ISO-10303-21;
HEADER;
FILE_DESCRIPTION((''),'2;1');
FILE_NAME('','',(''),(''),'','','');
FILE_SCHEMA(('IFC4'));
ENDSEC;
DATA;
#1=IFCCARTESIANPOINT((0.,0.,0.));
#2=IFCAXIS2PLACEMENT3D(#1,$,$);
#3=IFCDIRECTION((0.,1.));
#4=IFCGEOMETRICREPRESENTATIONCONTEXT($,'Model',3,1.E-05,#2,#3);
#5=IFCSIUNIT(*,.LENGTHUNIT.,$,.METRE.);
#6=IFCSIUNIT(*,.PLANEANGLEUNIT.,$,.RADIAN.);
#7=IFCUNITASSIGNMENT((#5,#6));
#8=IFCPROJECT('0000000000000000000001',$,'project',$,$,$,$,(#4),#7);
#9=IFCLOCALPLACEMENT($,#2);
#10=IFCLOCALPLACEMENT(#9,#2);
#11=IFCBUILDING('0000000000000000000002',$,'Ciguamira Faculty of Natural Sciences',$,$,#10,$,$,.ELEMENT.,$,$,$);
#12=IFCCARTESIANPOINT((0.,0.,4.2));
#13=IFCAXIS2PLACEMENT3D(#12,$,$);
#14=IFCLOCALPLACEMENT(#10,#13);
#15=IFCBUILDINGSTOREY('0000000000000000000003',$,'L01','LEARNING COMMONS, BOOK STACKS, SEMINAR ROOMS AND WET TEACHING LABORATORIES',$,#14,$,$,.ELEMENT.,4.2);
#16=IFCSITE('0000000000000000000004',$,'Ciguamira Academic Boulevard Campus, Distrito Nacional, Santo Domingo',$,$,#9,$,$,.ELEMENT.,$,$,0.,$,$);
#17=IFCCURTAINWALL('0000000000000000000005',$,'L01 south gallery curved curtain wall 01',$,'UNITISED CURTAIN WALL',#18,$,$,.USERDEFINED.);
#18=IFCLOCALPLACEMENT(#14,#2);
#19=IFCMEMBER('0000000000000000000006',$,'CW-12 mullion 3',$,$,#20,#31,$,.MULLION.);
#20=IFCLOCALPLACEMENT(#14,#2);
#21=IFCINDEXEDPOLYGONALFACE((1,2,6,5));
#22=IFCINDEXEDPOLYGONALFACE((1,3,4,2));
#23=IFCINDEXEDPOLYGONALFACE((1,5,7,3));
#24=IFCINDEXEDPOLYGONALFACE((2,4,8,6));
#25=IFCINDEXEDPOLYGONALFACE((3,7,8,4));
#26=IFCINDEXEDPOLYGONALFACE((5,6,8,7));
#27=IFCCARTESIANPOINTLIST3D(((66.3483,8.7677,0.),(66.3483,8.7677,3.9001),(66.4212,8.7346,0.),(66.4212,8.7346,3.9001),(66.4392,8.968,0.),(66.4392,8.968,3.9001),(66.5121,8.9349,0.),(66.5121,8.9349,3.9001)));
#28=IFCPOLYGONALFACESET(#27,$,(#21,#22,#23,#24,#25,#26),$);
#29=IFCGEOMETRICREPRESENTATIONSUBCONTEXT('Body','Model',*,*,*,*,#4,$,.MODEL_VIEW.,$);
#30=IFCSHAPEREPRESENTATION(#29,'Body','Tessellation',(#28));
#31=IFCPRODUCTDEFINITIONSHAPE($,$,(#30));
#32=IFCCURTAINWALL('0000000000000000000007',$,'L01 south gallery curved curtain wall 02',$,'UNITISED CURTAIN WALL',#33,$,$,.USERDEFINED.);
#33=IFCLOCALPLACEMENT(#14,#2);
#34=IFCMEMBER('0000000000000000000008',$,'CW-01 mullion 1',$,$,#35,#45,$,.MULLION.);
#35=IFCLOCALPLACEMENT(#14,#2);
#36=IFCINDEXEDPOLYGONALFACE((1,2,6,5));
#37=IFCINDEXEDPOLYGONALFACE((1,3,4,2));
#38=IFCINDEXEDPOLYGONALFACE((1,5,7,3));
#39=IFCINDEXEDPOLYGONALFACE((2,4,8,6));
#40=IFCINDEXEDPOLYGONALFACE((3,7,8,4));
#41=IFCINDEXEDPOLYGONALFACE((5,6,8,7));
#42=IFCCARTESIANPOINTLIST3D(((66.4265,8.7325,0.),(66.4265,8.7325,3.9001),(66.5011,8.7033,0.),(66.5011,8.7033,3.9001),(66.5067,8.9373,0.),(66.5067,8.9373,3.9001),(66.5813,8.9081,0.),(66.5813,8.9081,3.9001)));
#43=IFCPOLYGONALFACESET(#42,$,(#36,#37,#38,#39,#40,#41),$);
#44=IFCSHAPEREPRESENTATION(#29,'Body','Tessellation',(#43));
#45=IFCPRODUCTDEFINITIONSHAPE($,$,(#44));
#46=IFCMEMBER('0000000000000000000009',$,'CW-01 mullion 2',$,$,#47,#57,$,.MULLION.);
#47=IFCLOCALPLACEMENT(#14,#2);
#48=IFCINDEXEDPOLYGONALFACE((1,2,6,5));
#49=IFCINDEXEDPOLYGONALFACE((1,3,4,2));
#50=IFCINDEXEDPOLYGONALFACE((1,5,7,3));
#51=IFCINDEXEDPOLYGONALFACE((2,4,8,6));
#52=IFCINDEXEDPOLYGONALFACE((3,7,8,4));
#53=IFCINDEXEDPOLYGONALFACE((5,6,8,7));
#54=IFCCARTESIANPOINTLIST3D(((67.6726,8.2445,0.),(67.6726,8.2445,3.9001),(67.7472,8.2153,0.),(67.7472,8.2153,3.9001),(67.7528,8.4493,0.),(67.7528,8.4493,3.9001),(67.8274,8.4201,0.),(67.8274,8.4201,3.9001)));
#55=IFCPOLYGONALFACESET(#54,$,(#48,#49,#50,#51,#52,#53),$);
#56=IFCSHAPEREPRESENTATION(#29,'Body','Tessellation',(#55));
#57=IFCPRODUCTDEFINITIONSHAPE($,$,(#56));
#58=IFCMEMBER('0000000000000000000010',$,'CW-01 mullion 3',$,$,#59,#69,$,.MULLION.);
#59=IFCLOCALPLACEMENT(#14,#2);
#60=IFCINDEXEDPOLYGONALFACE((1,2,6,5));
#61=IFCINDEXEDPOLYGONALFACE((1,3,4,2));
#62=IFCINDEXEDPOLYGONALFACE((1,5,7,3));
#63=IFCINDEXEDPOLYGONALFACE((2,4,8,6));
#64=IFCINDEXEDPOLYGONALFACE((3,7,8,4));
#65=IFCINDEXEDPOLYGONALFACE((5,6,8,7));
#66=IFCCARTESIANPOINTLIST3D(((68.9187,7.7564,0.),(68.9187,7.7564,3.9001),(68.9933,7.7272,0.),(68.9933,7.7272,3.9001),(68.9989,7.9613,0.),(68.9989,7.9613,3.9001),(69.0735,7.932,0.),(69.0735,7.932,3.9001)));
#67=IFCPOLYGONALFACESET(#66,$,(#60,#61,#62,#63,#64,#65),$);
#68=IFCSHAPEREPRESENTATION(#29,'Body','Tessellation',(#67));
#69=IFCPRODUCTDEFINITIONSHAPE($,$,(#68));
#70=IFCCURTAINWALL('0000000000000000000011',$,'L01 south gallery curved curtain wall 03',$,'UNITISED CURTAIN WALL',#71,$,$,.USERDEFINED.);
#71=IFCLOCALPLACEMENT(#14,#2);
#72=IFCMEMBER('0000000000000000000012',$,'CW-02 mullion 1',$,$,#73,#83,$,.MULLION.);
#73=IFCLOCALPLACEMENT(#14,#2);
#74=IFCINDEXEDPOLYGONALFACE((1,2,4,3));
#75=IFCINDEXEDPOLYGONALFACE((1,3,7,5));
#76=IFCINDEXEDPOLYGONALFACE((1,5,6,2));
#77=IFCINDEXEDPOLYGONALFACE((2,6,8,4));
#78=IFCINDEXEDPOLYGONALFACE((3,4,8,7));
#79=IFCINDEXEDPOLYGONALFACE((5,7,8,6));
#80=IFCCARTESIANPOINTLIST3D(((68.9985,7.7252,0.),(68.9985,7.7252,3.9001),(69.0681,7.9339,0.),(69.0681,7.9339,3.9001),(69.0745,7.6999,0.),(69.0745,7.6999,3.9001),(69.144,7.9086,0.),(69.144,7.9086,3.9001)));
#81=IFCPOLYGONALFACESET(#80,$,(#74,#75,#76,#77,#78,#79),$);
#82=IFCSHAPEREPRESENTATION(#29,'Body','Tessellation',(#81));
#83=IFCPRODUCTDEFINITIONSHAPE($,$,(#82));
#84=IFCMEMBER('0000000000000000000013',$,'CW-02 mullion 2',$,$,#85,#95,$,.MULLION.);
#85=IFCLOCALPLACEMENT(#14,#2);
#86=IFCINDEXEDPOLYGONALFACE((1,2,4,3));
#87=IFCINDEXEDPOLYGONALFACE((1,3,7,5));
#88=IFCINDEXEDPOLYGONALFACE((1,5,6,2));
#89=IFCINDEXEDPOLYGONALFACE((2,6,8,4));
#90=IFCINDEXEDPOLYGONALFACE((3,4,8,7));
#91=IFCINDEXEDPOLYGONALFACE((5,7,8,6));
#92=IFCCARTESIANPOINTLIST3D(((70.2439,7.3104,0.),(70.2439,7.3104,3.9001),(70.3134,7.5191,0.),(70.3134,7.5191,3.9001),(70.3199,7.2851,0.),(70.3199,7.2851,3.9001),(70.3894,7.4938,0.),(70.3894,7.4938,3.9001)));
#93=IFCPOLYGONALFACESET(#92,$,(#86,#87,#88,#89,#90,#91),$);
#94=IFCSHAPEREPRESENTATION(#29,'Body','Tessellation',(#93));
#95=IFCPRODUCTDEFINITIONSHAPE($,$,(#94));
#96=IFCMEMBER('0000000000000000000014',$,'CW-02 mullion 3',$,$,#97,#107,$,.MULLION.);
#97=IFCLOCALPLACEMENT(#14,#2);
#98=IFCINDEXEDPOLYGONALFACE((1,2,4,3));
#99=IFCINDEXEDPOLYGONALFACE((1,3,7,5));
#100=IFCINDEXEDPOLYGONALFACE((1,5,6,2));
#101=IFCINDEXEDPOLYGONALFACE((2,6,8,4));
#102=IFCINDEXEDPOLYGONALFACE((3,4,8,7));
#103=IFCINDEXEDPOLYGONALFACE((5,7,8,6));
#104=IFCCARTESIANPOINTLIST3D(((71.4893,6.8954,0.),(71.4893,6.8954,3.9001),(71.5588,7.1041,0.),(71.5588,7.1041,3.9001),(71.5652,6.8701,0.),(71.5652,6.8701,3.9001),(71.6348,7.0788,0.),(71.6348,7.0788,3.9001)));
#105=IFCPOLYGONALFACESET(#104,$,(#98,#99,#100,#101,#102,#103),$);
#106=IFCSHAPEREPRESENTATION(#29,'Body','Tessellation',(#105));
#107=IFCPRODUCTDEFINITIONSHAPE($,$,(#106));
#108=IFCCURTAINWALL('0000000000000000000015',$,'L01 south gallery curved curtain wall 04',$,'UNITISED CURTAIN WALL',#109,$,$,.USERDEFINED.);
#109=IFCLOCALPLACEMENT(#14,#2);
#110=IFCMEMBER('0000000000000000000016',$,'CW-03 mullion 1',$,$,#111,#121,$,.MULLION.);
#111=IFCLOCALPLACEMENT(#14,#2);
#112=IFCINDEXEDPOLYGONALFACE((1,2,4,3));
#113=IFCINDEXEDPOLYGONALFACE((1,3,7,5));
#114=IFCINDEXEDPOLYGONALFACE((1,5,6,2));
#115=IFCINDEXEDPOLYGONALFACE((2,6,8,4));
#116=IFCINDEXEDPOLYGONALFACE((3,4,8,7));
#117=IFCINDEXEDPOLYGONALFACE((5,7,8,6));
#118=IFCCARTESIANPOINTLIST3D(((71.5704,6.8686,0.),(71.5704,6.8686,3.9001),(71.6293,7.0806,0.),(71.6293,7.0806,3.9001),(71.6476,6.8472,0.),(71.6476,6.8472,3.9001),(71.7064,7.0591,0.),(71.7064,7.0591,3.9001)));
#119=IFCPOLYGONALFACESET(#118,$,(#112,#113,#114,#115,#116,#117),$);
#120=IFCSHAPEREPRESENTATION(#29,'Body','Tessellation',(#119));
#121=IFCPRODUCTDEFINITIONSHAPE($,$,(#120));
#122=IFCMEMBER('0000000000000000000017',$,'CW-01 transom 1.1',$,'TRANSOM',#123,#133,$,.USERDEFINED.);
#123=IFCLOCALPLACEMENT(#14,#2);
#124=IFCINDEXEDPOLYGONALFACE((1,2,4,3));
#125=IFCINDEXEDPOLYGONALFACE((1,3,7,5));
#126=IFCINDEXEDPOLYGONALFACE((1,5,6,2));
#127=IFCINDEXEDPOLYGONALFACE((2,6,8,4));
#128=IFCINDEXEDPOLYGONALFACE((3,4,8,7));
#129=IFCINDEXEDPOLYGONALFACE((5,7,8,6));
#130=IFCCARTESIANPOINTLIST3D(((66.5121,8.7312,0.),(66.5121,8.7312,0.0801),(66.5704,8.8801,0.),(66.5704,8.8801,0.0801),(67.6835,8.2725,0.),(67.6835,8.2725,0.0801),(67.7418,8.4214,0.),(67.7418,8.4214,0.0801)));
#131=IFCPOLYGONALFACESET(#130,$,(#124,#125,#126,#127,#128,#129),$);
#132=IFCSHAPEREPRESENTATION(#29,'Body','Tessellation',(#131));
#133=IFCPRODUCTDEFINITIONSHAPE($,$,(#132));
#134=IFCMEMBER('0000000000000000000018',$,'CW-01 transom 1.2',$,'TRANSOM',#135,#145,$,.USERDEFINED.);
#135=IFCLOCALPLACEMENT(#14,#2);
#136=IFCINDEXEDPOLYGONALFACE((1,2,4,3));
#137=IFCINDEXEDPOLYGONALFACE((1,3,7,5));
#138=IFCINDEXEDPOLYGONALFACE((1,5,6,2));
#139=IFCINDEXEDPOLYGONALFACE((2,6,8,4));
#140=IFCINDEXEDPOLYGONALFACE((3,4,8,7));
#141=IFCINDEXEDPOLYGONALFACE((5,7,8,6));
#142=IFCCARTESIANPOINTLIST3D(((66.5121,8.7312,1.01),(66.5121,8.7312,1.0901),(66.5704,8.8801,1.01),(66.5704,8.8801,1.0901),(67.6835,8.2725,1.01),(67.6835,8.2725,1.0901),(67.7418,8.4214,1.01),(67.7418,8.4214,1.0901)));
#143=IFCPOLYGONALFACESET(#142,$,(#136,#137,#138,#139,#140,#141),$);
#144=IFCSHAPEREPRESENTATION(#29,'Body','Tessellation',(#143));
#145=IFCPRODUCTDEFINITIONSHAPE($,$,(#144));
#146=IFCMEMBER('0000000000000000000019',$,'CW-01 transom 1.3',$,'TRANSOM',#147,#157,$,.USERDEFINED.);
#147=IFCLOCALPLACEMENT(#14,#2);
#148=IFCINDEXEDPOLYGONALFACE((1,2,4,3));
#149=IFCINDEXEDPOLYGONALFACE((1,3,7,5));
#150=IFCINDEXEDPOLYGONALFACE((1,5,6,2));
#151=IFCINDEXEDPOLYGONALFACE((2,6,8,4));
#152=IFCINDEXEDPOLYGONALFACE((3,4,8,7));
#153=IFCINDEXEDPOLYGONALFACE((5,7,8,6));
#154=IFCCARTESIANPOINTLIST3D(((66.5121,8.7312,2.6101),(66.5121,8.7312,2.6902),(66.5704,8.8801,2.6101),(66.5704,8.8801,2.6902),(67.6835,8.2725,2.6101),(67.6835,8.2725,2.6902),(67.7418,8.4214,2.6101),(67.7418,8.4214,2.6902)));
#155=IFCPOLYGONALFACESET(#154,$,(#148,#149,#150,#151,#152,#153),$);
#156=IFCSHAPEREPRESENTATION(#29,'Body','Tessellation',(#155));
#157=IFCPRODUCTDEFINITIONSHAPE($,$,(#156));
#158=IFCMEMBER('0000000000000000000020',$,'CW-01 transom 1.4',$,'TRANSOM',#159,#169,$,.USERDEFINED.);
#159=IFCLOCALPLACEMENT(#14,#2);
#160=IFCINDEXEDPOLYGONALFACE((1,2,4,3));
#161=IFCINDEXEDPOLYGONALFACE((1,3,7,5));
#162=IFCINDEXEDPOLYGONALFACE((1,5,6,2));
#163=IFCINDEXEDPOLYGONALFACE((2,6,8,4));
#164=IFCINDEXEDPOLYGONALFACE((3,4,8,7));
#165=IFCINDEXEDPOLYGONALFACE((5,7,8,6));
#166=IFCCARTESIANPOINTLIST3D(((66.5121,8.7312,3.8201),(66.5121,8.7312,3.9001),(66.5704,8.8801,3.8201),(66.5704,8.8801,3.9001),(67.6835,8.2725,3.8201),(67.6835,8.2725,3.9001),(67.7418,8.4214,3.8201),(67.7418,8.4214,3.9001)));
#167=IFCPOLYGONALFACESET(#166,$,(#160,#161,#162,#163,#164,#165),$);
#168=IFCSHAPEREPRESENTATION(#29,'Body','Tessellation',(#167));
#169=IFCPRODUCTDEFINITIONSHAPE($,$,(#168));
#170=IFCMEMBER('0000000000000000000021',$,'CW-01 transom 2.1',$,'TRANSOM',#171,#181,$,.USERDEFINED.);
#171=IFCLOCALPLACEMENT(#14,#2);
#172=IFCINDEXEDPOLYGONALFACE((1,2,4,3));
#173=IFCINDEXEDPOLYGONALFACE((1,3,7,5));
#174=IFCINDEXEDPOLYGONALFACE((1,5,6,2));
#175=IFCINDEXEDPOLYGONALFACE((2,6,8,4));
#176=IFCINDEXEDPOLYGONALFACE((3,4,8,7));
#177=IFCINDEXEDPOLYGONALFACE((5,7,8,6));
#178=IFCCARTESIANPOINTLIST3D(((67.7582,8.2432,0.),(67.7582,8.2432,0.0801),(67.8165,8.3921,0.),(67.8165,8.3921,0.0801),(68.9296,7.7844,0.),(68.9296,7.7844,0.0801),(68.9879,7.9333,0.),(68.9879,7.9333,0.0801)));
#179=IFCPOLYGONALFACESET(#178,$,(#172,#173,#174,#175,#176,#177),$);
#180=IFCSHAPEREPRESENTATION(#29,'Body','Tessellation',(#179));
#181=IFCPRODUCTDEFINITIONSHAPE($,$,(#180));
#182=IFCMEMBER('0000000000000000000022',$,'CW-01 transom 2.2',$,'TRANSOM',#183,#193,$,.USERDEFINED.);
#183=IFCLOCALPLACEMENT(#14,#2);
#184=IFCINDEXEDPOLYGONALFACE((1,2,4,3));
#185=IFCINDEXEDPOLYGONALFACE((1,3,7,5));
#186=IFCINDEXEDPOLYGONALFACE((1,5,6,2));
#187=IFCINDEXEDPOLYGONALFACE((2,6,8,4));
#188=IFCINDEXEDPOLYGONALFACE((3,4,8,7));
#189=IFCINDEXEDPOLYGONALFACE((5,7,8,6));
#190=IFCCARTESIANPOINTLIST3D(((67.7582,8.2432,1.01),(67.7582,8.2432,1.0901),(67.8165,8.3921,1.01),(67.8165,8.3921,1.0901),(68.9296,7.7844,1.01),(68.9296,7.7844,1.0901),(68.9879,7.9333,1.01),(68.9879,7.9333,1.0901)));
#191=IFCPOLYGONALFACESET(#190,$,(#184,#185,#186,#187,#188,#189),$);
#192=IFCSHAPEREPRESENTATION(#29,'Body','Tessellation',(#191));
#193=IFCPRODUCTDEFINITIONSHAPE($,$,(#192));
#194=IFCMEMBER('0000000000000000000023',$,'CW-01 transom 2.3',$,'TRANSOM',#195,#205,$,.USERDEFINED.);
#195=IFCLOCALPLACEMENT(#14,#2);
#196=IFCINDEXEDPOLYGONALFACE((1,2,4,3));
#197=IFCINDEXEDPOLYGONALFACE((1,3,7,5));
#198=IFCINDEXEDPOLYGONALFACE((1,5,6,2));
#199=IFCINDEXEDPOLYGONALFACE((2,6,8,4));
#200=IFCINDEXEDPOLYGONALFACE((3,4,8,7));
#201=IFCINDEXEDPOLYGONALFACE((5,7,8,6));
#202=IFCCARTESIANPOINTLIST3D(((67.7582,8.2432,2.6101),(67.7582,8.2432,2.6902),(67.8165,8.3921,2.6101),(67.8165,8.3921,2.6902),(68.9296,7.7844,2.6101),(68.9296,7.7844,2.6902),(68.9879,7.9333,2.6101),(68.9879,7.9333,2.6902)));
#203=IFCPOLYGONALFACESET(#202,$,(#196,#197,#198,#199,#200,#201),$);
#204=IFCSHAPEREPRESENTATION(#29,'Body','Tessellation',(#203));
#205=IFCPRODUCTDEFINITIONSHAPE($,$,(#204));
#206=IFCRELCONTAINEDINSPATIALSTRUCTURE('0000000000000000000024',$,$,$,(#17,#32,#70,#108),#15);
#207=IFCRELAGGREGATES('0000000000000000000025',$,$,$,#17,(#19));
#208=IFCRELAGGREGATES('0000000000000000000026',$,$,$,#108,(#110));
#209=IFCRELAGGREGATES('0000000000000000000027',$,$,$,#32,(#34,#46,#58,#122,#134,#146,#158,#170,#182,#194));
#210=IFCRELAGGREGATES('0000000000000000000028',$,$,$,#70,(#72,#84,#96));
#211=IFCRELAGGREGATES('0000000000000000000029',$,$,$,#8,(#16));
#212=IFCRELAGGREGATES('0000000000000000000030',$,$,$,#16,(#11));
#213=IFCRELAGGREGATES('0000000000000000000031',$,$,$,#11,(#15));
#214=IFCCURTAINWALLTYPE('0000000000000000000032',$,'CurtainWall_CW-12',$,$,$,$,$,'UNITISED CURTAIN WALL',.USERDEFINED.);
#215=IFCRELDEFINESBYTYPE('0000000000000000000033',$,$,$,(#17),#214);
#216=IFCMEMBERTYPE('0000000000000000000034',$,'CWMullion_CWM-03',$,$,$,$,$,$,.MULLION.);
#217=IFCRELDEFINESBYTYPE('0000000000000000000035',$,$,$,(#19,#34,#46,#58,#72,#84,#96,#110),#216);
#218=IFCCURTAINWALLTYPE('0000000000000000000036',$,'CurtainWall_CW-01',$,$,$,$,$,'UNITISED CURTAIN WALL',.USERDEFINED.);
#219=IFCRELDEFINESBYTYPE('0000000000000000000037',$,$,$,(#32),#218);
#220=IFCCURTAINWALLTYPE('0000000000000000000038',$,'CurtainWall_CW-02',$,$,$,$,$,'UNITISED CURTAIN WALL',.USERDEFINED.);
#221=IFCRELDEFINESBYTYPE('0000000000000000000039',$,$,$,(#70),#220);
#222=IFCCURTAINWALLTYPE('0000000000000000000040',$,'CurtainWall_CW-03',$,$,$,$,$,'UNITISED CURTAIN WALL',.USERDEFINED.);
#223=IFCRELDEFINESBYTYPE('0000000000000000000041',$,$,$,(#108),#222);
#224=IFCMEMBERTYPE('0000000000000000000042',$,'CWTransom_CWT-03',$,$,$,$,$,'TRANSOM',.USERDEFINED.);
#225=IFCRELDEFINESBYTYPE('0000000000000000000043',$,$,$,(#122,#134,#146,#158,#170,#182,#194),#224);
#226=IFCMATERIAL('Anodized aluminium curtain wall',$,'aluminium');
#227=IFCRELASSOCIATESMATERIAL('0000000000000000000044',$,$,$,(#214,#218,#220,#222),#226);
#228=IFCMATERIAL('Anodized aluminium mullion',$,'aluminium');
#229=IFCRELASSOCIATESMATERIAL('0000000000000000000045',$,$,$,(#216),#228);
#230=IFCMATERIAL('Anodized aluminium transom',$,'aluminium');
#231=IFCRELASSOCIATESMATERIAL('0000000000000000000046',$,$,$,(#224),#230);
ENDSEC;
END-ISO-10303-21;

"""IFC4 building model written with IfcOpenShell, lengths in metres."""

from ifc_helpers import new_model, si_unit, direction, frame, origin, origin_2d, place, context, subcontext, project, spatial, rectangle, extrude, material, material_profile, profile_set, type_object, element, aggregate, save


model = new_model("IFC4")

# Units and contexts
model_context = context("Model", 3, precision=1e-05, world=origin(), true_north=direction((0.0, 1.0)))
body_context = subcontext(model_context, "Body", "Model", "MODEL_VIEW")
ifc_project = project(units=[si_unit("LENGTHUNIT", "METRE"), si_unit("PLANEANGLEUNIT", "RADIAN")], contexts=[model_context])

# Site, building, storey
site_placement = place(None, origin())
site = spatial("IfcSite", under=ifc_project, at=site_placement, Name="Ciguamira Academic Boulevard Campus, Distrito Nacional, Santo Domingo", CompositionType="ELEMENT", RefElevation=0.0)
building_placement = place(site_placement, origin())
building = spatial("IfcBuilding", under=site, at=building_placement, Name="Ciguamira Faculty of Natural Sciences", CompositionType="ELEMENT")
storey_placement = place(building_placement, frame((0.0, 0.0, 4.2)))
storey = spatial("IfcBuildingStorey", under=building, at=storey_placement, Name="L01", Description="LEARNING COMMONS, BOOK STACKS, SEMINAR ROOMS AND WET TEACHING LABORATORIES", CompositionType="ELEMENT", Elevation=4.2)

# Curtain wall, member
ifc_material_1 = material(Name="Anodized aluminium curtain wall", Category="aluminium")
curtain_wall_type_1 = type_object("IfcCurtainWallType", Name="CurtainWall_CW-12", ElementType="UNITISED CURTAIN WALL", PredefinedType="USERDEFINED", material=ifc_material_1)
curtain_wall_1_placement = place(storey_placement, origin())
curtain_wall_1 = element("IfcCurtainWall", 1, at=curtain_wall_1_placement, inside=storey, type_object=curtain_wall_type_1, Name="L01 south gallery curved curtain wall 01", ObjectType="UNITISED CURTAIN WALL", PredefinedType="USERDEFINED")
ifc_material_2 = material(Name="Anodized aluminium mullion", Category="aluminium")
ifc_material_profile_1 = material_profile(ifc_material_2, rectangle(XDim=0.0801, YDim=0.22, at=origin_2d()), Name="ALU-MUL-80X220")
ifc_profile_set_1 = profile_set([ifc_material_profile_1], Name="Anodized aluminium mullion")
member_type_1 = type_object("IfcMemberType", Name="CWMullion_CWM-03", PredefinedType="MULLION", material=ifc_profile_set_1)
member_1_placement = place(storey_placement, frame((66.4302, 8.8513, 0.0), z_axis=(0.0, 0.0, 1.0), x_axis=(0.910581, -0.413332, 0.0)))
member_1 = element("IfcMember", 2, at=member_1_placement, type_object=member_type_1, Name="CW-12 mullion 3", PredefinedType="MULLION", context=body_context, shape_type="SweptSolid", body=[
    extrude(rectangle(XDim=0.0801, YDim=0.22, at=origin_2d()), origin(), (0.0, 0.0, 1.0), 3.9001),
])
aggregate(curtain_wall_1, [member_1])

# Curtain walls, members
curtain_wall_type_2 = type_object("IfcCurtainWallType", Name="CurtainWall_CW-01", ElementType="UNITISED CURTAIN WALL", PredefinedType="USERDEFINED", material=ifc_material_1)
curtain_wall_2_placement = place(storey_placement, origin())
curtain_wall_2 = element("IfcCurtainWall", 3, at=curtain_wall_2_placement, inside=storey, type_object=curtain_wall_type_2, Name="L01 south gallery curved curtain wall 02", ObjectType="UNITISED CURTAIN WALL", PredefinedType="USERDEFINED")
member_2_placement = place(storey_placement, frame((66.5039, 8.8203, 0.0), z_axis=(0.0, 0.0, 1.0), x_axis=(0.931122, -0.364707, 0.0)))
member_2 = element("IfcMember", 4, at=member_2_placement, type_object=member_type_1, Name="CW-01 mullion 1", PredefinedType="MULLION", context=body_context, shape_type="SweptSolid", body=[
    extrude(rectangle(XDim=0.0801, YDim=0.22, at=origin_2d()), origin(), (0.0, 0.0, 1.0), 3.9001),
])
member_3_placement = place(storey_placement, frame((67.75, 8.3323, 0.0), z_axis=(0.0, 0.0, 1.0), x_axis=(0.931122, -0.364707, 0.0)))
member_3 = element("IfcMember", 5, at=member_3_placement, type_object=member_type_1, Name="CW-01 mullion 2", PredefinedType="MULLION", context=body_context, shape_type="SweptSolid", body=[
    extrude(rectangle(XDim=0.0801, YDim=0.22, at=origin_2d()), origin(), (0.0, 0.0, 1.0), 3.9001),
])
member_4_placement = place(storey_placement, frame((68.9961, 7.8442, 0.0), z_axis=(0.0, 0.0, 1.0), x_axis=(0.931122, -0.364707, 0.0)))
member_4 = element("IfcMember", 6, at=member_4_placement, type_object=member_type_1, Name="CW-01 mullion 3", PredefinedType="MULLION", context=body_context, shape_type="SweptSolid", body=[
    extrude(rectangle(XDim=0.0801, YDim=0.22, at=origin_2d()), origin(), (0.0, 0.0, 1.0), 3.9001),
])
curtain_wall_type_3 = type_object("IfcCurtainWallType", Name="CurtainWall_CW-02", ElementType="UNITISED CURTAIN WALL", PredefinedType="USERDEFINED", material=ifc_material_1)
curtain_wall_3_placement = place(storey_placement, origin())
curtain_wall_3 = element("IfcCurtainWall", 7, at=curtain_wall_3_placement, inside=storey, type_object=curtain_wall_type_3, Name="L01 south gallery curved curtain wall 03", ObjectType="UNITISED CURTAIN WALL", PredefinedType="USERDEFINED")
member_5_placement = place(storey_placement, frame((69.0713, 7.8169, 0.0), z_axis=(0.0, 0.0, 1.0), x_axis=(0.948735, -0.316073, 0.0)))
member_5 = element("IfcMember", 8, at=member_5_placement, type_object=member_type_1, Name="CW-02 mullion 1", PredefinedType="MULLION", context=body_context, shape_type="SweptSolid", body=[
    extrude(rectangle(XDim=0.0801, YDim=0.22, at=origin_2d()), origin(), (0.0, 0.0, 1.0), 3.9001),
])
member_6_placement = place(storey_placement, frame((70.3167, 7.4021, 0.0), z_axis=(0.0, 0.0, 1.0), x_axis=(0.948735, -0.316073, 0.0)))
member_6 = element("IfcMember", 9, at=member_6_placement, type_object=member_type_1, Name="CW-02 mullion 2", PredefinedType="MULLION", context=body_context, shape_type="SweptSolid", body=[
    extrude(rectangle(XDim=0.0801, YDim=0.22, at=origin_2d()), origin(), (0.0, 0.0, 1.0), 3.9001),
])
member_7_placement = place(storey_placement, frame((71.562, 6.9871, 0.0), z_axis=(0.0, 0.0, 1.0), x_axis=(0.948735, -0.316073, 0.0)))
member_7 = element("IfcMember", 10, at=member_7_placement, type_object=member_type_1, Name="CW-02 mullion 3", PredefinedType="MULLION", context=body_context, shape_type="SweptSolid", body=[
    extrude(rectangle(XDim=0.0801, YDim=0.22, at=origin_2d()), origin(), (0.0, 0.0, 1.0), 3.9001),
])

# Curtain wall, member
curtain_wall_type_4 = type_object("IfcCurtainWallType", Name="CurtainWall_CW-03", ElementType="UNITISED CURTAIN WALL", PredefinedType="USERDEFINED", material=ifc_material_1)
curtain_wall_4_placement = place(storey_placement, origin())
curtain_wall_4 = element("IfcCurtainWall", 11, at=curtain_wall_4_placement, inside=storey, type_object=curtain_wall_type_4, Name="L01 south gallery curved curtain wall 04", ObjectType="UNITISED CURTAIN WALL", PredefinedType="USERDEFINED")
member_8_placement = place(storey_placement, frame((71.6384, 6.9639, 0.0), z_axis=(0.0, 0.0, 1.0), x_axis=(0.963573, -0.267444, 0.0)))
member_8 = element("IfcMember", 12, at=member_8_placement, type_object=member_type_1, Name="CW-03 mullion 1", PredefinedType="MULLION", context=body_context, shape_type="SweptSolid", body=[
    extrude(rectangle(XDim=0.0801, YDim=0.22, at=origin_2d()), origin(), (0.0, 0.0, 1.0), 3.9001),
])

# Members
ifc_material_3 = material(Name="Anodized aluminium transom", Category="aluminium")
ifc_material_profile_2 = material_profile(ifc_material_3, rectangle(XDim=0.0801, YDim=0.1599, at=origin_2d()), Name="ALU-TRN-80X160")
ifc_profile_set_2 = profile_set([ifc_material_profile_2], Name="Anodized aluminium transom")
member_type_2 = type_object("IfcMemberType", Name="CWTransom_CWT-03", ElementType="TRANSOM", PredefinedType="USERDEFINED", material=ifc_profile_set_2)
member_9_placement = place(storey_placement, frame((66.5413, 8.8057, 0.04), z_axis=(0.931143, -0.364655, 0.0), x_axis=(0.0, 0.0, 1.0)))
member_9 = element("IfcMember", 13, at=member_9_placement, type_object=member_type_2, Name="CW-01 transom 1.1", ObjectType="TRANSOM", PredefinedType="USERDEFINED", context=body_context, shape_type="SweptSolid", body=[
    extrude(rectangle(XDim=0.0801, YDim=0.1599, at=origin_2d()), origin(), (0.0, 0.0, 1.0), 1.2581),
])
member_10_placement = place(storey_placement, frame((66.5413, 8.8057, 1.05), z_axis=(0.931143, -0.364655, 0.0), x_axis=(0.0, 0.0, 1.0)))
member_10 = element("IfcMember", 14, at=member_10_placement, type_object=member_type_2, Name="CW-01 transom 1.2", ObjectType="TRANSOM", PredefinedType="USERDEFINED", context=body_context, shape_type="SweptSolid", body=[
    extrude(rectangle(XDim=0.0801, YDim=0.1599, at=origin_2d()), origin(), (0.0, 0.0, 1.0), 1.2581),
])
member_11_placement = place(storey_placement, frame((66.5413, 8.8057, 2.6501), z_axis=(0.931143, -0.364655, 0.0), x_axis=(0.0, 0.0, 1.0)))
member_11 = element("IfcMember", 15, at=member_11_placement, type_object=member_type_2, Name="CW-01 transom 1.3", ObjectType="TRANSOM", PredefinedType="USERDEFINED", context=body_context, shape_type="SweptSolid", body=[
    extrude(rectangle(XDim=0.0801, YDim=0.1599, at=origin_2d()), origin(), (0.0, 0.0, 1.0), 1.2581),
])
member_12_placement = place(storey_placement, frame((66.5413, 8.8057, 3.8601), z_axis=(0.931143, -0.364655, 0.0), x_axis=(0.0, 0.0, 1.0)))
member_12 = element("IfcMember", 16, at=member_12_placement, type_object=member_type_2, Name="CW-01 transom 1.4", ObjectType="TRANSOM", PredefinedType="USERDEFINED", context=body_context, shape_type="SweptSolid", body=[
    extrude(rectangle(XDim=0.0801, YDim=0.1599, at=origin_2d()), origin(), (0.0, 0.0, 1.0), 1.2581),
])
member_13_placement = place(storey_placement, frame((67.7874, 8.3176, 0.04), z_axis=(0.931143, -0.364655, 0.0), x_axis=(0.0, 0.0, 1.0)))
member_13 = element("IfcMember", 17, at=member_13_placement, type_object=member_type_2, Name="CW-01 transom 2.1", ObjectType="TRANSOM", PredefinedType="USERDEFINED", context=body_context, shape_type="SweptSolid", body=[
    extrude(rectangle(XDim=0.0801, YDim=0.1599, at=origin_2d()), origin(), (0.0, 0.0, 1.0), 1.2581),
])
member_14_placement = place(storey_placement, frame((67.7874, 8.3176, 1.05), z_axis=(0.931143, -0.364655, 0.0), x_axis=(0.0, 0.0, 1.0)))
member_14 = element("IfcMember", 18, at=member_14_placement, type_object=member_type_2, Name="CW-01 transom 2.2", ObjectType="TRANSOM", PredefinedType="USERDEFINED", context=body_context, shape_type="SweptSolid", body=[
    extrude(rectangle(XDim=0.0801, YDim=0.1599, at=origin_2d()), origin(), (0.0, 0.0, 1.0), 1.2581),
])
member_15_placement = place(storey_placement, frame((67.7874, 8.3176, 2.6501), z_axis=(0.931143, -0.364655, 0.0), x_axis=(0.0, 0.0, 1.0)))
member_15 = element("IfcMember", 19, at=member_15_placement, type_object=member_type_2, Name="CW-01 transom 2.3", ObjectType="TRANSOM", PredefinedType="USERDEFINED", context=body_context, shape_type="SweptSolid", body=[
    extrude(rectangle(XDim=0.0801, YDim=0.1599, at=origin_2d()), origin(), (0.0, 0.0, 1.0), 1.2581),
])
aggregate(curtain_wall_4, [member_8])

aggregate(curtain_wall_2, [member_2, member_3, member_4, member_9, member_10, member_11, member_12, member_13, member_14, member_15])
aggregate(curtain_wall_3, [member_5, member_6, member_7])

save(model, "model.ifc")
